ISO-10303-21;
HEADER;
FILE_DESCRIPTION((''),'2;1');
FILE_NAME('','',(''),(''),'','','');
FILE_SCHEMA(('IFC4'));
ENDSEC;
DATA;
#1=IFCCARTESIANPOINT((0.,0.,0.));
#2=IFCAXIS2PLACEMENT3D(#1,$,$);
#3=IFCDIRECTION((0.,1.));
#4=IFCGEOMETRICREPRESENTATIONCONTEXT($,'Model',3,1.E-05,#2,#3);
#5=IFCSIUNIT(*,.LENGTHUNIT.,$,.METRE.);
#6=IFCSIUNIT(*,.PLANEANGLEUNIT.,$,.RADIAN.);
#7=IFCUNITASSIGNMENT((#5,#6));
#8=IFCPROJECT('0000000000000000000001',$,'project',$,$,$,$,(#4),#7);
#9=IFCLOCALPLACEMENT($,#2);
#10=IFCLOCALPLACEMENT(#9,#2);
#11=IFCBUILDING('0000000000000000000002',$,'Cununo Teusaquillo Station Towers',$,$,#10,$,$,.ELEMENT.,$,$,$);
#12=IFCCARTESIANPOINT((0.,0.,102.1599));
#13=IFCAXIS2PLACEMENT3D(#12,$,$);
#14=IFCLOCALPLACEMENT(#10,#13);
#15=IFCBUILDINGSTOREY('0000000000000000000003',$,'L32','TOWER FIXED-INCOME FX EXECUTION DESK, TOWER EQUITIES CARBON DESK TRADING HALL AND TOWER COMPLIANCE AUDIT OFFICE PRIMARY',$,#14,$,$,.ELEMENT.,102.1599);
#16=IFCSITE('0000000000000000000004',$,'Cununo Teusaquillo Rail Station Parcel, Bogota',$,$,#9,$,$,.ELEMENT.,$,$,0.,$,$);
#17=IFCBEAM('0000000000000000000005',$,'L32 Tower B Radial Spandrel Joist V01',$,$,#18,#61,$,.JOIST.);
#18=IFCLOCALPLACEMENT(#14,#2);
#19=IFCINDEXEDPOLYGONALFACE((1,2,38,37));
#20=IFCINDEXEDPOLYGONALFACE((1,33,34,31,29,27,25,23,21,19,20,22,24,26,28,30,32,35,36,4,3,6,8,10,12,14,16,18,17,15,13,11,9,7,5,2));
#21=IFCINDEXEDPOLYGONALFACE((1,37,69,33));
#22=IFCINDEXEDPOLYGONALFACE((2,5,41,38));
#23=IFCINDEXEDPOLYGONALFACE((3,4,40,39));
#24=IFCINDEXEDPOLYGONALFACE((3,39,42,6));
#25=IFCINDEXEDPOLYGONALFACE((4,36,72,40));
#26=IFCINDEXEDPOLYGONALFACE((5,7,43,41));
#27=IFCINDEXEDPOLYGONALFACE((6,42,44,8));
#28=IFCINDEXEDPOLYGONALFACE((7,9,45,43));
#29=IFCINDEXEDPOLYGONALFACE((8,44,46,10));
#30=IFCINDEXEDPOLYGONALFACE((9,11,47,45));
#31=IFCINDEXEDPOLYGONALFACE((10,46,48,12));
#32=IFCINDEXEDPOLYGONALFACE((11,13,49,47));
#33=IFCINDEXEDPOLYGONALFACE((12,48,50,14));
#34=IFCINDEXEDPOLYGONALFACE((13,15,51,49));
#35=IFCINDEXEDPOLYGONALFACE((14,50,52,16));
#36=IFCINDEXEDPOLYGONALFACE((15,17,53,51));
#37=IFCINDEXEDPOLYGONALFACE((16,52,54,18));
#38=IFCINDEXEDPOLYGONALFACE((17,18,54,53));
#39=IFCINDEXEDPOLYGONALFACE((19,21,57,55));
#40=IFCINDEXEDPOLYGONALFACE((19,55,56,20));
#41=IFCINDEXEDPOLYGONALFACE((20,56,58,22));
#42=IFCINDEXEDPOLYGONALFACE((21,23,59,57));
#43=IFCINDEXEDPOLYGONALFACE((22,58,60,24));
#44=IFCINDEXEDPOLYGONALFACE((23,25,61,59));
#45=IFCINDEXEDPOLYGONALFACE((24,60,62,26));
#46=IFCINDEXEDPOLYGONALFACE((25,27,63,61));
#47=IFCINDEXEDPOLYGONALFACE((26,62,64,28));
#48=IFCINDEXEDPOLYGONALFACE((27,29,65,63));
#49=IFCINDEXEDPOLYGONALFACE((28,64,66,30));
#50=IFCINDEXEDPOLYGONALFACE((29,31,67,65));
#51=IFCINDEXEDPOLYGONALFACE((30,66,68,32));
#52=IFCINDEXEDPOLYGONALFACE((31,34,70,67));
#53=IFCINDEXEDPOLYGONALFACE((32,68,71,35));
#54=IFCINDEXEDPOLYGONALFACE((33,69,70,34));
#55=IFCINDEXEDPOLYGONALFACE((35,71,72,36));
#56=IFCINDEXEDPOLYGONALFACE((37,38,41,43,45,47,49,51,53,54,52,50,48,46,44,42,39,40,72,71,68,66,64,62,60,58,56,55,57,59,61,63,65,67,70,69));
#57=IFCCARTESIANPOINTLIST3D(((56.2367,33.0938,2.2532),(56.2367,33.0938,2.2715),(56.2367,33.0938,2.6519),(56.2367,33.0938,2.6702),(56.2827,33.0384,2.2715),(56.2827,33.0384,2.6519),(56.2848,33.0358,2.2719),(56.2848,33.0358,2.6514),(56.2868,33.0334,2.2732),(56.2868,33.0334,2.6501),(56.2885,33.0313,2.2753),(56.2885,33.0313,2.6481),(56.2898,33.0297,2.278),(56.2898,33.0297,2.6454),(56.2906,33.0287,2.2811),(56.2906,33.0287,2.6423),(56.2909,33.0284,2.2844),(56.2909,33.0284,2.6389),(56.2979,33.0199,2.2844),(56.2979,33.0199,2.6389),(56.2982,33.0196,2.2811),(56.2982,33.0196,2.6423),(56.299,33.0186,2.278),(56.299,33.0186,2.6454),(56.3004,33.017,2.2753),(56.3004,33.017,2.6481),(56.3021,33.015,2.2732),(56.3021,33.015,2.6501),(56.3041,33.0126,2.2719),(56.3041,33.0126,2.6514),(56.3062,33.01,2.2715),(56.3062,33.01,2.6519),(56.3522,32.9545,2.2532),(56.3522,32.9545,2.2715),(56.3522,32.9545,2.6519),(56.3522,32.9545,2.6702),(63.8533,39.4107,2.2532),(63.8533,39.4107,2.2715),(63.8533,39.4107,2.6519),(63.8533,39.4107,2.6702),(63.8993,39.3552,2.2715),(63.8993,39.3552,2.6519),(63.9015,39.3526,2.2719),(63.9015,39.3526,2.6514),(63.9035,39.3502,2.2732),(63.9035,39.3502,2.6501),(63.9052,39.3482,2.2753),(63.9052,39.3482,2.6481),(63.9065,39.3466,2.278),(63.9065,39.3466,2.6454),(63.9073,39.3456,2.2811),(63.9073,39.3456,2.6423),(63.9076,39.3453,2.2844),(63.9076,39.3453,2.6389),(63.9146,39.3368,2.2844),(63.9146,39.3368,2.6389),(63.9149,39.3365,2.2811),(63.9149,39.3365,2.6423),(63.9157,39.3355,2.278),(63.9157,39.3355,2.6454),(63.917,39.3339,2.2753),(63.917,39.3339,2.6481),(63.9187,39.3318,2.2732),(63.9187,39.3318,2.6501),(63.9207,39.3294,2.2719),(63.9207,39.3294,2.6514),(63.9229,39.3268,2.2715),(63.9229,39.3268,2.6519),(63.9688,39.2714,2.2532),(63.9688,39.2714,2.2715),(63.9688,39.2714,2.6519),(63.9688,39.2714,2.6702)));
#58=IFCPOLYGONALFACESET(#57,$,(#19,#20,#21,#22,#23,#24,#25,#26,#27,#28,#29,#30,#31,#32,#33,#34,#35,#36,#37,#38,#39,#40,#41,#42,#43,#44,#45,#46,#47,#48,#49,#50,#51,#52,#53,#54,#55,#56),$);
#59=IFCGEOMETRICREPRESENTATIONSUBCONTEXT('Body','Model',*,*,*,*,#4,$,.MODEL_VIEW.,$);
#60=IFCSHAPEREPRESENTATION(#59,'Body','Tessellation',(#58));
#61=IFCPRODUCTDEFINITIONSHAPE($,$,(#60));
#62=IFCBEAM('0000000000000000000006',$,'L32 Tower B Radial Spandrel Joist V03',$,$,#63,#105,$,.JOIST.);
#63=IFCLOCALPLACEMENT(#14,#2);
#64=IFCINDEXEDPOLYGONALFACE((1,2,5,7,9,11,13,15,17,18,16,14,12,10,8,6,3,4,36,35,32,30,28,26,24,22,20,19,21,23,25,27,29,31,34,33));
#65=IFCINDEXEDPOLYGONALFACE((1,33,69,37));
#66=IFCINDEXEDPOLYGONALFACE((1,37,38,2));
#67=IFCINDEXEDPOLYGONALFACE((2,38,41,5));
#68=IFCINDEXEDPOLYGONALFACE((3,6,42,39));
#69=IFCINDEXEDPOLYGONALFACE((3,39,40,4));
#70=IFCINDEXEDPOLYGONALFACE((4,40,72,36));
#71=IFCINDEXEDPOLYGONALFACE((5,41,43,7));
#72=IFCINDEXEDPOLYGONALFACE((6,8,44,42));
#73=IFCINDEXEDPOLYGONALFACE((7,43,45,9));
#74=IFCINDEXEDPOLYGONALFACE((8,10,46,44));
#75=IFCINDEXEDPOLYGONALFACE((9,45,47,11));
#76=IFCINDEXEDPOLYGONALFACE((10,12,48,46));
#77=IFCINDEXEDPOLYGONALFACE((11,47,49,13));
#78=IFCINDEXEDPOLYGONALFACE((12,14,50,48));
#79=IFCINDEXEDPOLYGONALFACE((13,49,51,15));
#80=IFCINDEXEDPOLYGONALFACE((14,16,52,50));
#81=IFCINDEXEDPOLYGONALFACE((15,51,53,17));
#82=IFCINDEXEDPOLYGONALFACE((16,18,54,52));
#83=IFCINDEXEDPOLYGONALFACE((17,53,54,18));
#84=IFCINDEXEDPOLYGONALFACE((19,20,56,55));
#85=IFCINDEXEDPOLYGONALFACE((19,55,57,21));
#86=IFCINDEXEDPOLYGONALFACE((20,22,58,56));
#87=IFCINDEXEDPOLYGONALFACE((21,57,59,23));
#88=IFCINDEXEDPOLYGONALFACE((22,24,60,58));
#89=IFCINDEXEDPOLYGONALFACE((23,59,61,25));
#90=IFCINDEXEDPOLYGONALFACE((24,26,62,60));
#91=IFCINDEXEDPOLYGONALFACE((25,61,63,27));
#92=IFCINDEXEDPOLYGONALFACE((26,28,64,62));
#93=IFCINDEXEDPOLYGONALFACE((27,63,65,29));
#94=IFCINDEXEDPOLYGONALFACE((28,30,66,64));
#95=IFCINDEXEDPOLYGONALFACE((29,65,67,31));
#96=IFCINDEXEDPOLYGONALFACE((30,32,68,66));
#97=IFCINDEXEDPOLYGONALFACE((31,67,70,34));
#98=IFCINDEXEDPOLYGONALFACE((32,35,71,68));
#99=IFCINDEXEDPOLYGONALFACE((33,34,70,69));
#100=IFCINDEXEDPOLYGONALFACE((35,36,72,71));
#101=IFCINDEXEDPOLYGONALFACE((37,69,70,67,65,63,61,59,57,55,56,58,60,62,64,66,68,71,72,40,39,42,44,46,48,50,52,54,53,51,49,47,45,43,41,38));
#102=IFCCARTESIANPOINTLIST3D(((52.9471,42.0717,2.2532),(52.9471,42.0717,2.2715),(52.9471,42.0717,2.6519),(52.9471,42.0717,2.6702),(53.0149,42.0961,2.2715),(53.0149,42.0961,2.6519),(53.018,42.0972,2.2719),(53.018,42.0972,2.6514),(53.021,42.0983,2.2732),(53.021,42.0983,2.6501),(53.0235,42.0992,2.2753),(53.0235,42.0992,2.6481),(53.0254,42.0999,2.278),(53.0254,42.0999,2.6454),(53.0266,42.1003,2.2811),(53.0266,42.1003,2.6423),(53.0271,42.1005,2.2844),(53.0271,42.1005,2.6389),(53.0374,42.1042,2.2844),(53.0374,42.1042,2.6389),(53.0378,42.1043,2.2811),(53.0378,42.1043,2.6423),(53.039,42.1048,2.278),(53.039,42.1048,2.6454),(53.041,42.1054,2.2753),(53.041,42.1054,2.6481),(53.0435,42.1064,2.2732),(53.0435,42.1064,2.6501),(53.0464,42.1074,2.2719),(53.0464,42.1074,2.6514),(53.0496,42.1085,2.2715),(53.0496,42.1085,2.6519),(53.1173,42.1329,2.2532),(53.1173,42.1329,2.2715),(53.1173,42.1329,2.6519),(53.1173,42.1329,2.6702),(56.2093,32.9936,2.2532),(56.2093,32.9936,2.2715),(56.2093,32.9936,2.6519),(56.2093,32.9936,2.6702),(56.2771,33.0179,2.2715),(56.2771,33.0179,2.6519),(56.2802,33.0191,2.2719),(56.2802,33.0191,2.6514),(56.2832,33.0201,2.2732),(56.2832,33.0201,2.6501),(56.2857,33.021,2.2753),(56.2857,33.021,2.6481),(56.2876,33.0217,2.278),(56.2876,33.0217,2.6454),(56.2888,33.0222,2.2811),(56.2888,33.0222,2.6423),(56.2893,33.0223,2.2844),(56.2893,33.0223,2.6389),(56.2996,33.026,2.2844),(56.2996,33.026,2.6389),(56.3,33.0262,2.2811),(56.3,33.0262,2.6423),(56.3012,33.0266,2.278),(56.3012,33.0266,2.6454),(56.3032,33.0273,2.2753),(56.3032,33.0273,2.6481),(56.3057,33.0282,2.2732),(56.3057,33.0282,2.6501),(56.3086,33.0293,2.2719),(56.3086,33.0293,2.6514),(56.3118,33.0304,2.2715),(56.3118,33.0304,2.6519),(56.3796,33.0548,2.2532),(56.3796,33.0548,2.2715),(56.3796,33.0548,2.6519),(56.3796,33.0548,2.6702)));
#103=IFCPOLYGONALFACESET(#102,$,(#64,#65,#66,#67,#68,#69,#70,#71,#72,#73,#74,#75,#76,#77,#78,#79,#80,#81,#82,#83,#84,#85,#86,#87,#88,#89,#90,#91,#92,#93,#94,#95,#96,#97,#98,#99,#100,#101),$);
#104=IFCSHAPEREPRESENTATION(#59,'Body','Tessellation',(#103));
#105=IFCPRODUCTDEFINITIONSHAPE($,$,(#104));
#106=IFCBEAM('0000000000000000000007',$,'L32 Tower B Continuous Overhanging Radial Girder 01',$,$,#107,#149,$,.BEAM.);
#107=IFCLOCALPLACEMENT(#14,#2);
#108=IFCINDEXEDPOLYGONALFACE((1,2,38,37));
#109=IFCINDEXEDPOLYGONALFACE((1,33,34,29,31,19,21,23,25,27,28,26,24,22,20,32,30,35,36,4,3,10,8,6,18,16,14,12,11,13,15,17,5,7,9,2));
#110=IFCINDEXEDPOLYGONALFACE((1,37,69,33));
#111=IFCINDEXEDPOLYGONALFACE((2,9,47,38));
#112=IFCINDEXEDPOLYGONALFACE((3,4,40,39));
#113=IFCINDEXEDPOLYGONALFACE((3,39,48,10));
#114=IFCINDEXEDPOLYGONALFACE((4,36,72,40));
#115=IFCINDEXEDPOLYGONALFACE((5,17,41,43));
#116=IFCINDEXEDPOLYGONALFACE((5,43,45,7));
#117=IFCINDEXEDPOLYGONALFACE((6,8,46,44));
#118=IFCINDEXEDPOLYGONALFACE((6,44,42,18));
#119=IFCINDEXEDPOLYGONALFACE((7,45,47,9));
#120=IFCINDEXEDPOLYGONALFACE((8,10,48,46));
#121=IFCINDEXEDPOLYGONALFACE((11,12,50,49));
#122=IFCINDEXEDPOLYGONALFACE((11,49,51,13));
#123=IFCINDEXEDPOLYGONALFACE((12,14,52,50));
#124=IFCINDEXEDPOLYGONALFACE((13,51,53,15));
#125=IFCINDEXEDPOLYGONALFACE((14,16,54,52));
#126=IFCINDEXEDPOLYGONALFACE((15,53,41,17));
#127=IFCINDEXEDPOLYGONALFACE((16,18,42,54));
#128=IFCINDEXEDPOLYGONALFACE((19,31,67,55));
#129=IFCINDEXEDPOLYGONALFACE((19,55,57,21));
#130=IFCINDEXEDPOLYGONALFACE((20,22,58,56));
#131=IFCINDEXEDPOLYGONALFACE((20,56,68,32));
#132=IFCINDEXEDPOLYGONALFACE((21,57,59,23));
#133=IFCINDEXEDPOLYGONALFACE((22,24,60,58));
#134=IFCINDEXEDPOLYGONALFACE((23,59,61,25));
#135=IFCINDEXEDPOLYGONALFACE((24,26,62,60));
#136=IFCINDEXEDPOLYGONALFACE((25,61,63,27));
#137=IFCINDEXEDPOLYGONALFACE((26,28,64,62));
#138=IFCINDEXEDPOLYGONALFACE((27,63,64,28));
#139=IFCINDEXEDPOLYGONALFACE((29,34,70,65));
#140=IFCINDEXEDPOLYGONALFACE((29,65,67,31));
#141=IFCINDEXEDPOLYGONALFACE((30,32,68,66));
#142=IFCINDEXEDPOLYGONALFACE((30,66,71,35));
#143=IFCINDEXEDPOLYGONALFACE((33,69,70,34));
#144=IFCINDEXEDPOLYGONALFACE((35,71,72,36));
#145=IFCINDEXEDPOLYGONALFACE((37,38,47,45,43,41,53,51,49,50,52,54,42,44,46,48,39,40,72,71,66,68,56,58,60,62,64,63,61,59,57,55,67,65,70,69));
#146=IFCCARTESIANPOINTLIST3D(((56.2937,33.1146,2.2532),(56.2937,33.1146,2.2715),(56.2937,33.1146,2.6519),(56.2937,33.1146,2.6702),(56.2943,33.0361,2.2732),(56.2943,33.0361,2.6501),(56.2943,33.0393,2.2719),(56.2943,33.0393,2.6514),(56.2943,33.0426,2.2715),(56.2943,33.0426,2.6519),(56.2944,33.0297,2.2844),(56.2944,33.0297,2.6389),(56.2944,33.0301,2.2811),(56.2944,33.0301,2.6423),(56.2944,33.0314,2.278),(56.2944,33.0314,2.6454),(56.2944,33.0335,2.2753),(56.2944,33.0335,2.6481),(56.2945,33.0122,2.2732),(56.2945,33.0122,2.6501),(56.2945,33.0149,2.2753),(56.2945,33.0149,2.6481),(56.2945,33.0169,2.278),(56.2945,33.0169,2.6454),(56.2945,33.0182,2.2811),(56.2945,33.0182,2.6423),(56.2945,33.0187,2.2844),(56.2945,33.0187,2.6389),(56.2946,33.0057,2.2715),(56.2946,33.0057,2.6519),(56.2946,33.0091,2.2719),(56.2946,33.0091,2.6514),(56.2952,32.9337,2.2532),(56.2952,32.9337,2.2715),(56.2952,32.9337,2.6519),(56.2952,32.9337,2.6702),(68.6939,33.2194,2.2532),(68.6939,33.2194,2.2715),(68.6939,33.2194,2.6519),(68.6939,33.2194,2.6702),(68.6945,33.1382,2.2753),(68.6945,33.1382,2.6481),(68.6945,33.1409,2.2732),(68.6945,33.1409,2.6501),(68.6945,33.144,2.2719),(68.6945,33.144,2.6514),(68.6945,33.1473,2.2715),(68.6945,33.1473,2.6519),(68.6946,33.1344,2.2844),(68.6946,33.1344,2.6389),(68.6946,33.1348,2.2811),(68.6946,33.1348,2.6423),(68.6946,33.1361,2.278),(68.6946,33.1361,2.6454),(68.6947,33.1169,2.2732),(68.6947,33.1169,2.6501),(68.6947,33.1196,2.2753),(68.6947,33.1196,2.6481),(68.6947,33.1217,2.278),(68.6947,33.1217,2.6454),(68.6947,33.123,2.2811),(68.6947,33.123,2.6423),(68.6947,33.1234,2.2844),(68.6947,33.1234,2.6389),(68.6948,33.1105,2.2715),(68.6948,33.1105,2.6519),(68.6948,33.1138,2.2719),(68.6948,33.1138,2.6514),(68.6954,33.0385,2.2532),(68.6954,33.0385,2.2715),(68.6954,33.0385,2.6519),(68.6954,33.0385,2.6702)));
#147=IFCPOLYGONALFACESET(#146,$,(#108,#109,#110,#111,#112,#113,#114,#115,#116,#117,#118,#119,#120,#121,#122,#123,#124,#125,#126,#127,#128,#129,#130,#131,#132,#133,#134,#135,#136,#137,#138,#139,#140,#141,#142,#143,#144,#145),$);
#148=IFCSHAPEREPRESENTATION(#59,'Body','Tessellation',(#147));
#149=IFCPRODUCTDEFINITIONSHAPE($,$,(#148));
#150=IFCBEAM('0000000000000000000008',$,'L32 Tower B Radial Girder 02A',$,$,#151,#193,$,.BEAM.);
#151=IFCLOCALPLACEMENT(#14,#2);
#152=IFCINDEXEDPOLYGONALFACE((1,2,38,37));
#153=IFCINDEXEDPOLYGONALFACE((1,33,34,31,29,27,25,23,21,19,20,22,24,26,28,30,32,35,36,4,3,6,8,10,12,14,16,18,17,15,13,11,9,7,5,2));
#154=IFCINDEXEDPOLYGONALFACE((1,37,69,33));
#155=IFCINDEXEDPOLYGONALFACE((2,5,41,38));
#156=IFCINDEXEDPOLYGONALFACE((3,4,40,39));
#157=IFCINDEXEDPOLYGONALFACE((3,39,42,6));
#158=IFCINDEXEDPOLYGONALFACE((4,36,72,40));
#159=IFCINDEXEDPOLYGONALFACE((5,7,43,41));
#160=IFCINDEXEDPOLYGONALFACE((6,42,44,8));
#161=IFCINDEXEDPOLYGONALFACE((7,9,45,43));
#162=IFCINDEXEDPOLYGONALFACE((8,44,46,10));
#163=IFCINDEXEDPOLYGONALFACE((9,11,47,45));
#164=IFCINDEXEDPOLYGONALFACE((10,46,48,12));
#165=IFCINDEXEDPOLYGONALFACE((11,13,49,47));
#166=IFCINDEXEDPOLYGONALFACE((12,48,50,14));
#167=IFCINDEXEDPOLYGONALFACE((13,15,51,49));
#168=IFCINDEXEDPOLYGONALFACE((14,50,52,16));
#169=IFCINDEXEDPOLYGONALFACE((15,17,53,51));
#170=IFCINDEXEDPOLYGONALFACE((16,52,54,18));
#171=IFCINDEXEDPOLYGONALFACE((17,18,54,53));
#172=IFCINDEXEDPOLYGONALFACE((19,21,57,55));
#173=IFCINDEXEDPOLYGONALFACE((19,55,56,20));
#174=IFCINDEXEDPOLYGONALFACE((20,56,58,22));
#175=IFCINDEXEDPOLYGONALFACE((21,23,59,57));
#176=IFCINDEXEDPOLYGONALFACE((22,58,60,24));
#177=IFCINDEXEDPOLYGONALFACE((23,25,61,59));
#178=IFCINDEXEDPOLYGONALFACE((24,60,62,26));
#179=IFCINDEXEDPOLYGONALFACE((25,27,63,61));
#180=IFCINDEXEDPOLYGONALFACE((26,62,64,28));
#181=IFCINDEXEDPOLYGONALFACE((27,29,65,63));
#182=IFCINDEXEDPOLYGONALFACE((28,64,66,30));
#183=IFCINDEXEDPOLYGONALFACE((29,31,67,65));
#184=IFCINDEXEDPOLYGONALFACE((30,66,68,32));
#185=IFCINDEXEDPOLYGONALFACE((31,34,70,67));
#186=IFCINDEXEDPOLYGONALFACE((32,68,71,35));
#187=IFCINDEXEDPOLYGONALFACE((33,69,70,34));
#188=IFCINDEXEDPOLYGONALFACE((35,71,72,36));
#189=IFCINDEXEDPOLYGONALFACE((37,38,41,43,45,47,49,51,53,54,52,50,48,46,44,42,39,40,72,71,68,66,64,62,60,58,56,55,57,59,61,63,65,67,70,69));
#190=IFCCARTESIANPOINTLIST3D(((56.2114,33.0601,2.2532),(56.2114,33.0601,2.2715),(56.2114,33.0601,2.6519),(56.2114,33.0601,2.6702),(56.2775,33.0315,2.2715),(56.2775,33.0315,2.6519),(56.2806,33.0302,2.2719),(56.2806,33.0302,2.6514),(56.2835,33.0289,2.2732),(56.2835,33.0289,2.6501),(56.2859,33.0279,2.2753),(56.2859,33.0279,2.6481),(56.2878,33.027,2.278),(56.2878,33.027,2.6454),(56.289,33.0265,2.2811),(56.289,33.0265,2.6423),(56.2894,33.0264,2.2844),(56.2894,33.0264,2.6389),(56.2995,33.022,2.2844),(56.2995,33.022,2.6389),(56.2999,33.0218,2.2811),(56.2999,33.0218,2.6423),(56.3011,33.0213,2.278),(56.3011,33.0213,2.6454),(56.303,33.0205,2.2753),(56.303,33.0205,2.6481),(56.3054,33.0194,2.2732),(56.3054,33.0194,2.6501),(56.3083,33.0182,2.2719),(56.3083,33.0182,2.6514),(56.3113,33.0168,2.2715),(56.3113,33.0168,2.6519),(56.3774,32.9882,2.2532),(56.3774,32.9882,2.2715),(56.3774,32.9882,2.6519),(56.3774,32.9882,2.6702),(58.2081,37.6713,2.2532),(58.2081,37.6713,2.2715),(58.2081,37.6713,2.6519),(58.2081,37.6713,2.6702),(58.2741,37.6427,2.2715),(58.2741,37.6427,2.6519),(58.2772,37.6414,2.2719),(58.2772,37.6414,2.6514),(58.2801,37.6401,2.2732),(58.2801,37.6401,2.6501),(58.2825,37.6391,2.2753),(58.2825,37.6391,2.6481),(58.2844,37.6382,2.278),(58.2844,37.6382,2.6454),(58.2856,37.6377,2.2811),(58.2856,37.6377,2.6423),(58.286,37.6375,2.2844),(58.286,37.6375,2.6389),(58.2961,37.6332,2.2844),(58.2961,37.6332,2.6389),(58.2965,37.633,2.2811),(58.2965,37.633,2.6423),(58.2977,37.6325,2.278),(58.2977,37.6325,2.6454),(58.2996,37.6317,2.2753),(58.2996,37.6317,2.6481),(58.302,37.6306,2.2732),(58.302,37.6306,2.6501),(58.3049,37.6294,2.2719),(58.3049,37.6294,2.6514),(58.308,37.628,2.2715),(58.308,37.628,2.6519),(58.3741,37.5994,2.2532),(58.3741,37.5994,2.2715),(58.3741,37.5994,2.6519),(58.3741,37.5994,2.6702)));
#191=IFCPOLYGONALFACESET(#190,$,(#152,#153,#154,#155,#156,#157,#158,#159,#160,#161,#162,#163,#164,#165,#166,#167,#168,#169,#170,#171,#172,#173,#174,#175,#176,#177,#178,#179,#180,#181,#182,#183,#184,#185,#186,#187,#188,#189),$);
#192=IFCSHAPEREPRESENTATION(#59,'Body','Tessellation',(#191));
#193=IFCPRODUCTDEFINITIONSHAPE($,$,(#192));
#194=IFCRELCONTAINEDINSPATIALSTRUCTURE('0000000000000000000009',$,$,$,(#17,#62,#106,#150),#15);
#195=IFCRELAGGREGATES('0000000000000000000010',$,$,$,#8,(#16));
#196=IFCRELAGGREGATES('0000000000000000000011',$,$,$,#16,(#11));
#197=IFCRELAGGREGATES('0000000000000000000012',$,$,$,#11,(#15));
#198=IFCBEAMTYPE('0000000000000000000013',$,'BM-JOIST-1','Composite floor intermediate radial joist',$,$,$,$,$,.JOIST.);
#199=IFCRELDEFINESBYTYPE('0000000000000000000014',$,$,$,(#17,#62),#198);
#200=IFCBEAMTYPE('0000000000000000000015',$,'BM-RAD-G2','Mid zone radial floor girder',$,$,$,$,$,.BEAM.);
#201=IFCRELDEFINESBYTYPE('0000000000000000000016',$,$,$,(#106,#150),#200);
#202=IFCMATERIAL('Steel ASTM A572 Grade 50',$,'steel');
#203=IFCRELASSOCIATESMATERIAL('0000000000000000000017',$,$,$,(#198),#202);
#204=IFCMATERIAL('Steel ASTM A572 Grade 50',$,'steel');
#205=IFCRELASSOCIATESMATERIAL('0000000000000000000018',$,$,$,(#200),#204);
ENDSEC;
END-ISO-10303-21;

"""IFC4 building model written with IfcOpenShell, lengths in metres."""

from ifc_helpers import new_model, si_unit, direction, frame, origin, origin_2d, place, context, subcontext, project, spatial, i_section, extrude, material, material_profile, profile_set, type_object, element, save


model = new_model("IFC4")

# Units and contexts
model_context = context("Model", 3, precision=1e-05, world=origin(), true_north=direction((0.0, 1.0)))
body_context = subcontext(model_context, "Body", "Model", "MODEL_VIEW")
ifc_project = project(units=[si_unit("LENGTHUNIT", "METRE"), si_unit("PLANEANGLEUNIT", "RADIAN")], contexts=[model_context])

# Site, building, storey
site_placement = place(None, origin())
site = spatial("IfcSite", under=ifc_project, at=site_placement, Name="Cununo Teusaquillo Rail Station Parcel, Bogota", CompositionType="ELEMENT", RefElevation=0.0)
building_placement = place(site_placement, origin())
building = spatial("IfcBuilding", under=site, at=building_placement, Name="Cununo Teusaquillo Station Towers", CompositionType="ELEMENT")
storey_placement = place(building_placement, frame((0.0, 0.0, 102.1599)))
storey = spatial("IfcBuildingStorey", under=building, at=storey_placement, Name="L32", Description="TOWER FIXED-INCOME FX EXECUTION DESK, TOWER EQUITIES CARBON DESK TRADING HALL AND TOWER COMPLIANCE AUDIT OFFICE PRIMARY", CompositionType="ELEMENT", Elevation=102.1599)

# Beams
ifc_material_1 = material(Name="Steel ASTM A572 Grade 50", Category="steel")
ifc_material_profile_1 = material_profile(ifc_material_1, i_section(OverallWidth=0.1809, OverallDepth=0.417, WebThickness=0.011, FlangeThickness=0.0183, FilletRadius=0.0129, at=origin_2d()), Name="W16X57")
ifc_profile_set_1 = profile_set([ifc_material_profile_1], Name="Steel ASTM A572 Grade 50")
beam_type_1 = type_object("IfcBeamType", Name="BM-JOIST-1", Description="Composite floor intermediate radial joist", PredefinedType="JOIST", material=ifc_profile_set_1)
beam_1_placement = place(storey_placement, frame((56.2944, 33.0242, 2.4617), z_axis=(0.769728, 0.638372, 0.0), x_axis=(-0.638372, 0.769728, 0.0)))
element("IfcBeam", 1, at=beam_1_placement, inside=storey, type_object=beam_type_1, Name="L32 Tower B Radial Spandrel Joist V01", PredefinedType="JOIST", context=body_context, shape_type="SweptSolid", body=[
    extrude(i_section(OverallWidth=0.1809, OverallDepth=0.417, WebThickness=0.011, FlangeThickness=0.0183, FilletRadius=0.0129, at=origin_2d()), origin(), (0.0, 0.0, 1.0), 9.8953),
])
beam_2_placement = place(storey_placement, frame((56.2944, 33.0242, 2.4617), z_axis=(-0.338176, 0.941083, 0.0), x_axis=(-0.941083, -0.338176, 0.0)))
element("IfcBeam", 2, at=beam_2_placement, inside=storey, type_object=beam_type_1, Name="L32 Tower B Radial Spandrel Joist V03", PredefinedType="JOIST", context=body_context, shape_type="SweptSolid", body=[
    extrude(i_section(OverallWidth=0.1809, OverallDepth=0.417, WebThickness=0.011, FlangeThickness=0.0183, FilletRadius=0.0129, at=origin_2d()), origin(), (0.0, 0.0, 1.0), 9.6465),
])
ifc_material_2 = material(Name="Steel ASTM A572 Grade 50", Category="steel")
ifc_material_profile_2 = material_profile(ifc_material_2, i_section(OverallWidth=0.1809, OverallDepth=0.417, WebThickness=0.011, FlangeThickness=0.0183, FilletRadius=0.0129, at=origin_2d()), Name="W16X57")
ifc_profile_set_2 = profile_set([ifc_material_profile_2], Name="Steel ASTM A572 Grade 50")
beam_type_2 = type_object("IfcBeamType", Name="BM-RAD-G2", Description="Mid zone radial floor girder", PredefinedType="BEAM", material=ifc_profile_set_2)
beam_3_placement = place(storey_placement, frame((56.2944, 33.0242, 2.4617), z_axis=(0.999964, 0.008446, 0.0), x_axis=(-0.008446, 0.999964, 0.0)))
element("IfcBeam", 3, at=beam_3_placement, inside=storey, type_object=beam_type_2, Name="L32 Tower B Continuous Overhanging Radial Girder 01", PredefinedType="BEAM", context=body_context, shape_type="SweptSolid", body=[
    extrude(i_section(OverallWidth=0.1809, OverallDepth=0.417, WebThickness=0.011, FlangeThickness=0.0183, FilletRadius=0.0129, at=origin_2d()), origin(), (0.0, 0.0, 1.0), 12.4006),
])
beam_4_placement = place(storey_placement, frame((56.2944, 33.0242, 2.4617), z_axis=(0.397347, 0.917668, 0.0), x_axis=(-0.917668, 0.397347, 0.0)))
element("IfcBeam", 4, at=beam_4_placement, inside=storey, type_object=beam_type_2, Name="L32 Tower B Radial Girder 02A", PredefinedType="BEAM", context=body_context, shape_type="SweptSolid", body=[
    extrude(i_section(OverallWidth=0.1809, OverallDepth=0.417, WebThickness=0.011, FlangeThickness=0.0183, FilletRadius=0.0129, at=origin_2d()), origin(), (0.0, 0.0, 1.0), 5.0249),
])

save(model, "model.ifc")
